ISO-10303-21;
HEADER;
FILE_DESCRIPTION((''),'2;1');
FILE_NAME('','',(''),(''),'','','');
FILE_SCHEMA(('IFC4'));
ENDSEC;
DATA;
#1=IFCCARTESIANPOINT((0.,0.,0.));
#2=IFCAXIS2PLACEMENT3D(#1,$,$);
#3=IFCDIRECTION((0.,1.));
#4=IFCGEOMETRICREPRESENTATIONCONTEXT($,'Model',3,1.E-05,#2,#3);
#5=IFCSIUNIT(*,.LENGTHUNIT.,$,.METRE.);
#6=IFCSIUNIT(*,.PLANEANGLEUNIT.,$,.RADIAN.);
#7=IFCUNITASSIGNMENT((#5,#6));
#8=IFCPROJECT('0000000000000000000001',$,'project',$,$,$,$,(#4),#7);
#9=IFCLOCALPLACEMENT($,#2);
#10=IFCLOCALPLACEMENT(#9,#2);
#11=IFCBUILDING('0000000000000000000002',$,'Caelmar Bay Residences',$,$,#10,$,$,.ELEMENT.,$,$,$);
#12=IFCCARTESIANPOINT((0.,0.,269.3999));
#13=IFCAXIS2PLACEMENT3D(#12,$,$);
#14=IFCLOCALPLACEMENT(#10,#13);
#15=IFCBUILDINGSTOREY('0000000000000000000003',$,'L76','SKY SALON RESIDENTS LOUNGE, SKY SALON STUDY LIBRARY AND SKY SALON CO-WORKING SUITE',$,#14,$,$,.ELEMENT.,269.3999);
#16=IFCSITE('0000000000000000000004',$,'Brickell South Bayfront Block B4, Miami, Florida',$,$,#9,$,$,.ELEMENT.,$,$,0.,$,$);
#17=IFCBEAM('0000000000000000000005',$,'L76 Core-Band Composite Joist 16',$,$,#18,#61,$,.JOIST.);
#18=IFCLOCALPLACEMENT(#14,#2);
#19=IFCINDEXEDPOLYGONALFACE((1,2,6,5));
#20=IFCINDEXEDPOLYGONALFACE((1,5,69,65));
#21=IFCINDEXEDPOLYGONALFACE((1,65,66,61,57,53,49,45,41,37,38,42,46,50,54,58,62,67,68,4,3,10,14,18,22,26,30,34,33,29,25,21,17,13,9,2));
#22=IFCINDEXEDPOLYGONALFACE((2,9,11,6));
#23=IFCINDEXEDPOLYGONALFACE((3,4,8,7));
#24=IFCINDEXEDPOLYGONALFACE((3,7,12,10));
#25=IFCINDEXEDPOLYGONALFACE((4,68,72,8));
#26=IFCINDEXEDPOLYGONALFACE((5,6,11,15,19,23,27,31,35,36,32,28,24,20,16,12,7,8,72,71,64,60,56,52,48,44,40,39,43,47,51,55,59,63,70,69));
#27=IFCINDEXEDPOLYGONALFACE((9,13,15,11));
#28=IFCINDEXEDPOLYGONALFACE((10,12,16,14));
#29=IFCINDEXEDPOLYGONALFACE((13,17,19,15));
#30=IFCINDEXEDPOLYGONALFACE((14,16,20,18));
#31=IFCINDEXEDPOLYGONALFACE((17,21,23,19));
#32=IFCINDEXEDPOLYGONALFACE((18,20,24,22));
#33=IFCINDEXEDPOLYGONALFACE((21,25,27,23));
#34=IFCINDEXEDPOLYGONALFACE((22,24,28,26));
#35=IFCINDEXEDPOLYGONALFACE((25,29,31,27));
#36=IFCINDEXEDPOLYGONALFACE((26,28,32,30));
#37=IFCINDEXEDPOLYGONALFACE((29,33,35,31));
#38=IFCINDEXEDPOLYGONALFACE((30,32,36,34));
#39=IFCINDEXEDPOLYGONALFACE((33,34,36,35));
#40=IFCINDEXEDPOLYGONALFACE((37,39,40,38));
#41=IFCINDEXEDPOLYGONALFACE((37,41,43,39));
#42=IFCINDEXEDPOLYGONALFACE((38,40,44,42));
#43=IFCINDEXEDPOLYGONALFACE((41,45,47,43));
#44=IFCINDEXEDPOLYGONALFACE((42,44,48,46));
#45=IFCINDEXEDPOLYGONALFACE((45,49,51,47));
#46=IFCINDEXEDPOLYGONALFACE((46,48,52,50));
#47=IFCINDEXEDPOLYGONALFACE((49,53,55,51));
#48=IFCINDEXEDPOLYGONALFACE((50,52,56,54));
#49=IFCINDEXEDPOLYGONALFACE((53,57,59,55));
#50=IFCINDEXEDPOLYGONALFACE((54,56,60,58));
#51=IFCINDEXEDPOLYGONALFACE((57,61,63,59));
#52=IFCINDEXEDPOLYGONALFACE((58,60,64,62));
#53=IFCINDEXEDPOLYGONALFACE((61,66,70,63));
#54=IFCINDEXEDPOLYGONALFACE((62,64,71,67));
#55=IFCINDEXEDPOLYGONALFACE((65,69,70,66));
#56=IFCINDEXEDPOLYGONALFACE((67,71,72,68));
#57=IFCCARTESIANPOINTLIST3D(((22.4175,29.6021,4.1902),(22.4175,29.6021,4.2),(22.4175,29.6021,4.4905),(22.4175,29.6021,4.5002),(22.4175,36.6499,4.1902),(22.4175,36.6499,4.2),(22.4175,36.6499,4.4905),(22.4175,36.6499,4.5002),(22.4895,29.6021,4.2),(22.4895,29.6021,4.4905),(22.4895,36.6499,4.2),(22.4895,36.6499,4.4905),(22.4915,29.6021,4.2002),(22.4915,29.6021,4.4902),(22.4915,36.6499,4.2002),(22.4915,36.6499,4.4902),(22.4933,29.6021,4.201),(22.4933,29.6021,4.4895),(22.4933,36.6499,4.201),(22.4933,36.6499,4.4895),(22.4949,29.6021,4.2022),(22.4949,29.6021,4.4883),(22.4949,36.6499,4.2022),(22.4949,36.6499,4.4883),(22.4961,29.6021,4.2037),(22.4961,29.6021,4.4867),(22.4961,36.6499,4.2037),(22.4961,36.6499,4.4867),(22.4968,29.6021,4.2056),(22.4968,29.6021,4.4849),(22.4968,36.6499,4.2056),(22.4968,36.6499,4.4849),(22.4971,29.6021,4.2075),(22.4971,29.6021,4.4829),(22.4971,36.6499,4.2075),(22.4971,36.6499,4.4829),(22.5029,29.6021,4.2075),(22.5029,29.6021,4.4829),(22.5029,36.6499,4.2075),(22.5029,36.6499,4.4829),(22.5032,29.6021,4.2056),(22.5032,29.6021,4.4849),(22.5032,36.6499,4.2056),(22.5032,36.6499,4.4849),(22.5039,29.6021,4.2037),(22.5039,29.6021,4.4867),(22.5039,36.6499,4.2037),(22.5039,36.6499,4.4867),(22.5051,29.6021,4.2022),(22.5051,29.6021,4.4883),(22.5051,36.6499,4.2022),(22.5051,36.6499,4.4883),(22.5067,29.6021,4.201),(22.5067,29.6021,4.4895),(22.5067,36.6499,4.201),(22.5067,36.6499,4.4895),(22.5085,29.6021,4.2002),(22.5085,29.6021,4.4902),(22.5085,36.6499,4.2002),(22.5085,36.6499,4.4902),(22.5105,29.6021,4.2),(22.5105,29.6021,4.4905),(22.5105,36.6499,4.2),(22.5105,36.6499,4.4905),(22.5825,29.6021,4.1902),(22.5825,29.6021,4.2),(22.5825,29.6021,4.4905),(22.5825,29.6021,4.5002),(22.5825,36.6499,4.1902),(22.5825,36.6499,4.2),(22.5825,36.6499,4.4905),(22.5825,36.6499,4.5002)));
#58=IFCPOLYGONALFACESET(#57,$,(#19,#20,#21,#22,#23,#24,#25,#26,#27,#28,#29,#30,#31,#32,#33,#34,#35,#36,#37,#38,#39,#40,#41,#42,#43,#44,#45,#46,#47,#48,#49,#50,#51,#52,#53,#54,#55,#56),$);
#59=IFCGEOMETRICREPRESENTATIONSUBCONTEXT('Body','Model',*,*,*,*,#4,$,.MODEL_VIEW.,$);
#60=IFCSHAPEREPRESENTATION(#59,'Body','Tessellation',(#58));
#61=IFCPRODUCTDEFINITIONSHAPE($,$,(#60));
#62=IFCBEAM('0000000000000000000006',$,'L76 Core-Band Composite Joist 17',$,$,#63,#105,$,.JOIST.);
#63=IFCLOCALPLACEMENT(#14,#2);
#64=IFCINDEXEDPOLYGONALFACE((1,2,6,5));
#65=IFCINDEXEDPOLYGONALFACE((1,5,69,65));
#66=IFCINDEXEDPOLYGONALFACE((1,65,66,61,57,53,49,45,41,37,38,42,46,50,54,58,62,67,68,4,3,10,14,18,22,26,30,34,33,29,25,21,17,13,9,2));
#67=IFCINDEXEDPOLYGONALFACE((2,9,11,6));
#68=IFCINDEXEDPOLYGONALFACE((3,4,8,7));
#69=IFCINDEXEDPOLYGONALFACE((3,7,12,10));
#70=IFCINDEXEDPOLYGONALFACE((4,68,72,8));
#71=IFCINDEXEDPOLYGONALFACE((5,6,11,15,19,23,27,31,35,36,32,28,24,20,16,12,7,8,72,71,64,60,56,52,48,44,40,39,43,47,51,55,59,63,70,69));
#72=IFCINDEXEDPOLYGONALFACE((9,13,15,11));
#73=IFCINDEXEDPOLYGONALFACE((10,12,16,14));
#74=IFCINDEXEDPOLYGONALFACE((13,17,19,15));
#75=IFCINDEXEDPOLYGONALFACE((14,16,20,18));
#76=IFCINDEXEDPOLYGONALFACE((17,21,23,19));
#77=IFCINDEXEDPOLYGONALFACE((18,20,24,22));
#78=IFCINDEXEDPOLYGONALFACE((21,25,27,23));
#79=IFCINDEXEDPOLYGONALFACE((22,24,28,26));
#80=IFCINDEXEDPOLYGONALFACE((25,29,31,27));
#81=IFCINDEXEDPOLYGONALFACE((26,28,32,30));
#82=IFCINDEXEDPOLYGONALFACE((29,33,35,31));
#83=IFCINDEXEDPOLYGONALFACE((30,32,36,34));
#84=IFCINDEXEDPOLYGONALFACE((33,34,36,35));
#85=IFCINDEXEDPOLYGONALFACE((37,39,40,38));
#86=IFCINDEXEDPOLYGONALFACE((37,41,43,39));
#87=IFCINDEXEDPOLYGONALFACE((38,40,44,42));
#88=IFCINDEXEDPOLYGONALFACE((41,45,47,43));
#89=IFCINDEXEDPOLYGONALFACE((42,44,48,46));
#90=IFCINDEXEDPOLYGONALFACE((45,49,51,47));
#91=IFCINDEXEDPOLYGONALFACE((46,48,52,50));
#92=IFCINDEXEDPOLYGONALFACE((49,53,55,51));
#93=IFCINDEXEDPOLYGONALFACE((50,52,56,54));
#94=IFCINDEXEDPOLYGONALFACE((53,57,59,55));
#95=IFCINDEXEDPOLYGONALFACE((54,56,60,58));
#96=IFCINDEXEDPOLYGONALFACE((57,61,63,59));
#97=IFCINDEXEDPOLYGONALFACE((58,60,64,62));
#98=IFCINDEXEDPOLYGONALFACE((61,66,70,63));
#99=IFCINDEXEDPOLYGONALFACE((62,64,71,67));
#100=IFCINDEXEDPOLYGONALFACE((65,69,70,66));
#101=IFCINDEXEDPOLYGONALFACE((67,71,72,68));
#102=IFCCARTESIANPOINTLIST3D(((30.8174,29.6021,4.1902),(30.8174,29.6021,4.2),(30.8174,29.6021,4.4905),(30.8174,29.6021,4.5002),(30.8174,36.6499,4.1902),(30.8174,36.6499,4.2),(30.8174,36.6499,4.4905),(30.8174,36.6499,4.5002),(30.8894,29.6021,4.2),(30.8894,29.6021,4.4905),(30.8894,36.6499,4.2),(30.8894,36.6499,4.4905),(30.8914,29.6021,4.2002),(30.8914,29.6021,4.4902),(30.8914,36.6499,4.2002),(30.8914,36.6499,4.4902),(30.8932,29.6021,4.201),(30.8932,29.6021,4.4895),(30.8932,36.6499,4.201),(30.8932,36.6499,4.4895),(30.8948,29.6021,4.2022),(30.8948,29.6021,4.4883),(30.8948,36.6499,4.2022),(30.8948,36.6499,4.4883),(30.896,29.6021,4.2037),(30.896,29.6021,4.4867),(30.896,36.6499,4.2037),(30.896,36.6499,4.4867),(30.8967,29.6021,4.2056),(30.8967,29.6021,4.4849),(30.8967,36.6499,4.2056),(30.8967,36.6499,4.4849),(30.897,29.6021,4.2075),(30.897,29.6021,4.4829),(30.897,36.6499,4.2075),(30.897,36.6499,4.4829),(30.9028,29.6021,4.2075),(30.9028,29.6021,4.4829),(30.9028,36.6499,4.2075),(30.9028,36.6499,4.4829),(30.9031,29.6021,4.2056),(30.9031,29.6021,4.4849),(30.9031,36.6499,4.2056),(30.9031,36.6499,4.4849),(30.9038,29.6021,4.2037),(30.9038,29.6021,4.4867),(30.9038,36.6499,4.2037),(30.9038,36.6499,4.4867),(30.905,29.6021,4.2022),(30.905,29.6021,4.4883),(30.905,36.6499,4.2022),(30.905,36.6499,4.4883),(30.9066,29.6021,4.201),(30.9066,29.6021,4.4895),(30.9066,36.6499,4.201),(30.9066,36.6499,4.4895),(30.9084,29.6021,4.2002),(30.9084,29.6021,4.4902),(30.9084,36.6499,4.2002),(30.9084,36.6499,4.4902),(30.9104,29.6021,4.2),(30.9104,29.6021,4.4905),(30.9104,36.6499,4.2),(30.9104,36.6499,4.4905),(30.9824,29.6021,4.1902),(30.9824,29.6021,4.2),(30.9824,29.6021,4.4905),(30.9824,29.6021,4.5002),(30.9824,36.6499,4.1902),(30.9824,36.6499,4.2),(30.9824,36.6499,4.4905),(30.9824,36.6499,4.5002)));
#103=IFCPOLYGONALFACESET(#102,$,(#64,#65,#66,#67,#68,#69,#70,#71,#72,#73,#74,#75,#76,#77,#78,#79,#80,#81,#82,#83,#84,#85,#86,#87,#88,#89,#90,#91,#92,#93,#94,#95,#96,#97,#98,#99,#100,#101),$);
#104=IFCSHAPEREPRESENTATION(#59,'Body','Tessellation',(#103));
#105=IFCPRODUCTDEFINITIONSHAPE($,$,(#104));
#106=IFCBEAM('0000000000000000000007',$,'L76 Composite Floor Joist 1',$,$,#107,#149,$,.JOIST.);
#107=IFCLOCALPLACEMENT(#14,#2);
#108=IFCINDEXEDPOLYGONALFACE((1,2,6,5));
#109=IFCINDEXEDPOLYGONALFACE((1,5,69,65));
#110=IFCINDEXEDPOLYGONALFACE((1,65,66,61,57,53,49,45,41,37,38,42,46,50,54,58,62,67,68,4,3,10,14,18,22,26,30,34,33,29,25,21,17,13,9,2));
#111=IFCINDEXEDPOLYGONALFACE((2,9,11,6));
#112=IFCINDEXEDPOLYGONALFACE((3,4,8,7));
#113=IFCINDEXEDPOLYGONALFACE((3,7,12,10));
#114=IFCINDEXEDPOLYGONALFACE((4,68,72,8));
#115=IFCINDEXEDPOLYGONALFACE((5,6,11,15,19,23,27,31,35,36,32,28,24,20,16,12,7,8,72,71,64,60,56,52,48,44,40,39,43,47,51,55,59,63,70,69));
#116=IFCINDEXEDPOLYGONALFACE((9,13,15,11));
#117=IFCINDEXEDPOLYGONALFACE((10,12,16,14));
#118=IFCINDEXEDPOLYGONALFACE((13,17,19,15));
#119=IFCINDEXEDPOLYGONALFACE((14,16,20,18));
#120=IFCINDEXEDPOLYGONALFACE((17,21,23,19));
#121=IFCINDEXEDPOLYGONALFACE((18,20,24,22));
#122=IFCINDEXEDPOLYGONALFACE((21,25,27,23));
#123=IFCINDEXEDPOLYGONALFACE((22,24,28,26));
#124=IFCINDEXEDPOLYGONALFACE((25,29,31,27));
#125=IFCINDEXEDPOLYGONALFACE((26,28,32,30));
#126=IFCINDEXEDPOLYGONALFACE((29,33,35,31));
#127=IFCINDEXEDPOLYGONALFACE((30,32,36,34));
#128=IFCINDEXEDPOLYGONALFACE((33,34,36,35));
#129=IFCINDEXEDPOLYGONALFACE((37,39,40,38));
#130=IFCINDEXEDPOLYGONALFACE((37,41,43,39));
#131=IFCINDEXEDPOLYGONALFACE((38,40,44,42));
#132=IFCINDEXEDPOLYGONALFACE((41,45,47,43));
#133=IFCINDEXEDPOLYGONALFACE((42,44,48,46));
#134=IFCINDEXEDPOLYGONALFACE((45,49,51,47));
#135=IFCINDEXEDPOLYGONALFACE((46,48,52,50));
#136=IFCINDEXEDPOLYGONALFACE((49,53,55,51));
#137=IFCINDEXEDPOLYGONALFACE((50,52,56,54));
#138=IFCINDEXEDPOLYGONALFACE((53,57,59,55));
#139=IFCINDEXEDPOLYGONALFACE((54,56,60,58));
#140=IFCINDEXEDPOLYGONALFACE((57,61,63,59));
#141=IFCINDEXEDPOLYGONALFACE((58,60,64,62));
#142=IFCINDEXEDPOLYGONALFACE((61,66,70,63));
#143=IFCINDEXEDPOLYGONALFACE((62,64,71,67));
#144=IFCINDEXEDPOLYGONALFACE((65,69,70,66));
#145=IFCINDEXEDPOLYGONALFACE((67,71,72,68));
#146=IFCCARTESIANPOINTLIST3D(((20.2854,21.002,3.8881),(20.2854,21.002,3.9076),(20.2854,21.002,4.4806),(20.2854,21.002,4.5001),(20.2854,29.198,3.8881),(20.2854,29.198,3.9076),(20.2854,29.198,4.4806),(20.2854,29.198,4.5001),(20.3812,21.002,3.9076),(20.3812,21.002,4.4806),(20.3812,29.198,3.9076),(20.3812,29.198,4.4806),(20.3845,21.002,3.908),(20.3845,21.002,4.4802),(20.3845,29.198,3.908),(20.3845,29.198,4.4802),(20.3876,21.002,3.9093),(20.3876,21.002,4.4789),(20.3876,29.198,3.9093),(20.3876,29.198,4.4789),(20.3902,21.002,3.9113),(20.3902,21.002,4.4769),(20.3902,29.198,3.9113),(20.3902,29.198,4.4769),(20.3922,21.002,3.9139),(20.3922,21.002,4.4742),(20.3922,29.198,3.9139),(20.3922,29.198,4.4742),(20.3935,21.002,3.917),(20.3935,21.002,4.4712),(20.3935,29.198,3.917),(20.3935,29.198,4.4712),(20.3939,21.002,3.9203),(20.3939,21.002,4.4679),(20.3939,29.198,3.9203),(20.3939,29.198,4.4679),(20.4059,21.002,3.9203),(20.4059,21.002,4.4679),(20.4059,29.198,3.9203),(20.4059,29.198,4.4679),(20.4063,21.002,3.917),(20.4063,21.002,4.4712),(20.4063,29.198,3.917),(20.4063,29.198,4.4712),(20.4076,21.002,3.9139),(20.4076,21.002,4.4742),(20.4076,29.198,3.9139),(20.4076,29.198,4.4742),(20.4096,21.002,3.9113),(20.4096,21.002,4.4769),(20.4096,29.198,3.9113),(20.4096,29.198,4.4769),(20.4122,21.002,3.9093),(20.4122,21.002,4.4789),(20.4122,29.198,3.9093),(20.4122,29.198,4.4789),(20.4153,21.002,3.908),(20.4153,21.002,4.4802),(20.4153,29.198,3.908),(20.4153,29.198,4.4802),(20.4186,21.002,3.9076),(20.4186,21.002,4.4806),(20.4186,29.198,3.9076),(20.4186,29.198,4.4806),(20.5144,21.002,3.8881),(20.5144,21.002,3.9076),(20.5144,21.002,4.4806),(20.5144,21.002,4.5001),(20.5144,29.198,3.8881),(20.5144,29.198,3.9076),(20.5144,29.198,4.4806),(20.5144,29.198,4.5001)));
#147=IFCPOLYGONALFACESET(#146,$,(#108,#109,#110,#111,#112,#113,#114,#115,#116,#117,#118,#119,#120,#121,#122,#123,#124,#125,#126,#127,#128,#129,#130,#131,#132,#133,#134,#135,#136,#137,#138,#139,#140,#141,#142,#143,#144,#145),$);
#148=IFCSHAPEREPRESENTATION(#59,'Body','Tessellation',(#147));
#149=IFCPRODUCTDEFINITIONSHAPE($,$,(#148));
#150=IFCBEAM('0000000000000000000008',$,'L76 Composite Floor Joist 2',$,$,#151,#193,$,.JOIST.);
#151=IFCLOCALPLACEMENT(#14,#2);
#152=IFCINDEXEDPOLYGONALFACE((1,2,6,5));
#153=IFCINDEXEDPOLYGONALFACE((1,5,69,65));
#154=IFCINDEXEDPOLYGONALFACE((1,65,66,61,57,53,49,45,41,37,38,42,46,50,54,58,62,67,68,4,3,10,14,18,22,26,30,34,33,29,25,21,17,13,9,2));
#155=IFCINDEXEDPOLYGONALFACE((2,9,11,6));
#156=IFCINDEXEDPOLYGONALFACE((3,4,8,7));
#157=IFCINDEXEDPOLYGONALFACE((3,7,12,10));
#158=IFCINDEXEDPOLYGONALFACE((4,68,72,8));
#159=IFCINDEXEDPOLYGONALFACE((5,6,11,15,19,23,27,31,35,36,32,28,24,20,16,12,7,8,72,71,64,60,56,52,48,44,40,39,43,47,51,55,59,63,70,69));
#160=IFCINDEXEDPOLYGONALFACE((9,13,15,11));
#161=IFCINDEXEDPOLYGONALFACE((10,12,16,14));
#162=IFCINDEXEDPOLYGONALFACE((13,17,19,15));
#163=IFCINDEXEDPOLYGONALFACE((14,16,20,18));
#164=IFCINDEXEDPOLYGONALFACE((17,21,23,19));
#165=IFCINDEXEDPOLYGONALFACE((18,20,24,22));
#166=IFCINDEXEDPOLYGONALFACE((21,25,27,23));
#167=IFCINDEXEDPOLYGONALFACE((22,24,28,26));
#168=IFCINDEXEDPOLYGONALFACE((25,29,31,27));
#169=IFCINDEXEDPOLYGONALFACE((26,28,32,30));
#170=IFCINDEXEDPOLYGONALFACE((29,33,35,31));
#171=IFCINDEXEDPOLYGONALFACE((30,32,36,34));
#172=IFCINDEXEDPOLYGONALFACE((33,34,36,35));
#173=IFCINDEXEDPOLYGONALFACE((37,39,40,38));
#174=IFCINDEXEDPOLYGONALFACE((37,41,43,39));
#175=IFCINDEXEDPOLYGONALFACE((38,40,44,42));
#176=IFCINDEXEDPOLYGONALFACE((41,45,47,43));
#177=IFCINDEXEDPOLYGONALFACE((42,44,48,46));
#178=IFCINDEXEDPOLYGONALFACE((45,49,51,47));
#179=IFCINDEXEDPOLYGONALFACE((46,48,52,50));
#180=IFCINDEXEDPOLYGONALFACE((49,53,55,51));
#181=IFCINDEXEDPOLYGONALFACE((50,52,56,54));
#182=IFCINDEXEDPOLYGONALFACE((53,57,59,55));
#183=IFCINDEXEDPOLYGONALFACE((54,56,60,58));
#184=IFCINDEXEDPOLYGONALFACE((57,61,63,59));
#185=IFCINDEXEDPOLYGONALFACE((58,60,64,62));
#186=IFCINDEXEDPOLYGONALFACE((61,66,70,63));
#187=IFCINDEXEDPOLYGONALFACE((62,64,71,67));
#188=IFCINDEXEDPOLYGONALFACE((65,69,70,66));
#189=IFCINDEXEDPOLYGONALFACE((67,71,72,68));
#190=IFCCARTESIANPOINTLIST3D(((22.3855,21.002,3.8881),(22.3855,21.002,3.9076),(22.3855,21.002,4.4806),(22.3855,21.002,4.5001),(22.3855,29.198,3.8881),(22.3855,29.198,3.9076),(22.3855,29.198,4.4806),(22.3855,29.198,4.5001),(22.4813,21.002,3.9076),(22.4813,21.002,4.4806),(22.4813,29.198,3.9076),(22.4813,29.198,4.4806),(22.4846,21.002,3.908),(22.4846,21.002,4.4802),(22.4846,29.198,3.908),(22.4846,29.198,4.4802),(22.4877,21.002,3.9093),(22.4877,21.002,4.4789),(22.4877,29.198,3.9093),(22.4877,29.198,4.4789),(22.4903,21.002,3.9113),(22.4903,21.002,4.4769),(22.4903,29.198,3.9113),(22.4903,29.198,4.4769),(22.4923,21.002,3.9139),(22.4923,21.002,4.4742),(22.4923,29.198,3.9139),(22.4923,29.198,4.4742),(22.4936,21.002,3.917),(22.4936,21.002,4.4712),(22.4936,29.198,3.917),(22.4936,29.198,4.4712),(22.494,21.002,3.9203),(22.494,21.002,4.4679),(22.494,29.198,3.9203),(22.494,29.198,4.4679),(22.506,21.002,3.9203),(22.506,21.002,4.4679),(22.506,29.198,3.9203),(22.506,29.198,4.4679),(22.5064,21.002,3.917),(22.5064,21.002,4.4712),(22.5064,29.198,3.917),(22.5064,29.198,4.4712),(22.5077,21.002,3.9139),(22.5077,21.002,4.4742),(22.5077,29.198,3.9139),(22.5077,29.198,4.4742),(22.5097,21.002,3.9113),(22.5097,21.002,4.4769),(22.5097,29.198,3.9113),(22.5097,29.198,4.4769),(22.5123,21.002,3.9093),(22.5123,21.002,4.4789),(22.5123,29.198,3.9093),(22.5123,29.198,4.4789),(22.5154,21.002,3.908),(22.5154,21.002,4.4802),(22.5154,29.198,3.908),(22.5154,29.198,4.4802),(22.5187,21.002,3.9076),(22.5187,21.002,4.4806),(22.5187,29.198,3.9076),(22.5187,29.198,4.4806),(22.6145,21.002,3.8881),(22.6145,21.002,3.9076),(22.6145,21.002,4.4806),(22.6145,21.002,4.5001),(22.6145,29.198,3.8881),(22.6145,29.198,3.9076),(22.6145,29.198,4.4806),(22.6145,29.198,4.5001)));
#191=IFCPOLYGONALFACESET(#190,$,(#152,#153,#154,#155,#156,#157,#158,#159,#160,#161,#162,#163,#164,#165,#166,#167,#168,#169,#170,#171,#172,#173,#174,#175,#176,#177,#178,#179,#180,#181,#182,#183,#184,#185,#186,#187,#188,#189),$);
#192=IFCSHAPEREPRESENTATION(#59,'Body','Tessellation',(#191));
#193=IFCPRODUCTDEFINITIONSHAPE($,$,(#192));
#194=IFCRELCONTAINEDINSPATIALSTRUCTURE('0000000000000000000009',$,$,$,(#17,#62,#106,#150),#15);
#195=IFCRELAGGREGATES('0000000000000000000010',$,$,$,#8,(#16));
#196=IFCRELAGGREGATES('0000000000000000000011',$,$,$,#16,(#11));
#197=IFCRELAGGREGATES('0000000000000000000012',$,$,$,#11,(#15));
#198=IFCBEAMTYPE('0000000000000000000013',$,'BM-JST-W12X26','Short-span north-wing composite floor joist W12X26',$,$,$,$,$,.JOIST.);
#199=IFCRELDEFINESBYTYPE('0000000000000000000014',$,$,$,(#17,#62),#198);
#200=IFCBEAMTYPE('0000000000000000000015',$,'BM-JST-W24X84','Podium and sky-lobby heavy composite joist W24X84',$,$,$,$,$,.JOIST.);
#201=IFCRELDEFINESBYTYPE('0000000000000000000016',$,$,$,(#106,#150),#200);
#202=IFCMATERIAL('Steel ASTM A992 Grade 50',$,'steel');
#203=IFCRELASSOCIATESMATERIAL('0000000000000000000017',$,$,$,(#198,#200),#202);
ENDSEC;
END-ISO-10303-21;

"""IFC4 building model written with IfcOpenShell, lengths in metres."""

from ifc_helpers import new_model, si_unit, direction, frame, origin, origin_2d, place, context, subcontext, project, spatial, i_section, extrude, material, material_profile, profile_set, type_object, element, save


model = new_model("IFC4")

# Units and contexts
model_context = context("Model", 3, precision=1e-05, world=origin(), true_north=direction((0.0, 1.0)))
body_context = subcontext(model_context, "Body", "Model", "MODEL_VIEW")
ifc_project = project(units=[si_unit("LENGTHUNIT", "METRE"), si_unit("PLANEANGLEUNIT", "RADIAN")], contexts=[model_context])

# Site, building, storey
site_placement = place(None, origin())
site = spatial("IfcSite", under=ifc_project, at=site_placement, Name="Brickell South Bayfront Block B4, Miami, Florida", CompositionType="ELEMENT", RefElevation=0.0)
building_placement = place(site_placement, origin())
building = spatial("IfcBuilding", under=site, at=building_placement, Name="Caelmar Bay Residences", CompositionType="ELEMENT")
storey_placement = place(building_placement, frame((0.0, 0.0, 269.3999)))
storey = spatial("IfcBuildingStorey", under=building, at=storey_placement, Name="L76", Description="SKY SALON RESIDENTS LOUNGE, SKY SALON STUDY LIBRARY AND SKY SALON CO-WORKING SUITE", CompositionType="ELEMENT", Elevation=269.3999)

# Beams
ifc_material_1 = material(Name="Steel ASTM A992 Grade 50", Category="steel")
ifc_material_profile_1 = material_profile(ifc_material_1, i_section(OverallWidth=0.165, OverallDepth=0.3101, WebThickness=0.0059, FlangeThickness=0.0098, FilletRadius=0.0076, at=origin_2d()), Name="W12X26")
ifc_profile_set_1 = profile_set([ifc_material_profile_1], Name="Steel ASTM A992 Grade 50")
beam_type_1 = type_object("IfcBeamType", Name="BM-JST-W12X26", Description="Short-span north-wing composite floor joist W12X26", PredefinedType="JOIST", material=ifc_profile_set_1)
for number, where, z_axis, x_axis, name in (
    (1, (22.5, 29.6021, 4.3452), (0.0, 1.0, 0.0), (-1.0, 0.0, 0.0), "L76 Core-Band Composite Joist 16"),
    (2, (30.8999, 29.6021, 4.3452), (0.0, 1.0, 0.0), (-1.0, 0.0, 0.0), "L76 Core-Band Composite Joist 17"),
):
    element("IfcBeam", number, at=place(storey_placement, frame(where, z_axis=z_axis, x_axis=x_axis)), inside=storey, type_object=beam_type_1, Name=name, PredefinedType="JOIST", context=body_context, shape_type="SweptSolid", body=[
        extrude(i_section(OverallWidth=0.165, OverallDepth=0.3101, WebThickness=0.0059, FlangeThickness=0.0098, FilletRadius=0.0076, at=origin_2d()), origin(), (0.0, 0.0, 1.0), 7.0479),
    ])
ifc_material_profile_2 = material_profile(ifc_material_1, i_section(OverallWidth=0.229, OverallDepth=0.6121, WebThickness=0.012, FlangeThickness=0.0195, FilletRadius=0.0127, at=origin_2d()), Name="W24X84")
ifc_profile_set_2 = profile_set([ifc_material_profile_2], Name="Steel ASTM A992 Grade 50")
beam_type_2 = type_object("IfcBeamType", Name="BM-JST-W24X84", Description="Podium and sky-lobby heavy composite joist W24X84", PredefinedType="JOIST", material=ifc_profile_set_2)
for number, where, z_axis, x_axis, name in (
    (3, (20.3999, 21.002, 4.1941), (0.0, 1.0, 0.0), (-1.0, 0.0, 0.0), "L76 Composite Floor Joist 1"),
    (4, (22.5, 21.002, 4.1941), (0.0, 1.0, 0.0), (-1.0, 0.0, 0.0), "L76 Composite Floor Joist 2"),
):
    element("IfcBeam", number, at=place(storey_placement, frame(where, z_axis=z_axis, x_axis=x_axis)), inside=storey, type_object=beam_type_2, Name=name, PredefinedType="JOIST", context=body_context, shape_type="SweptSolid", body=[
        extrude(i_section(OverallWidth=0.229, OverallDepth=0.6121, WebThickness=0.012, FlangeThickness=0.0195, FilletRadius=0.0127, at=origin_2d()), origin(), (0.0, 0.0, 1.0), 8.196),
    ])

save(model, "model.ifc")
